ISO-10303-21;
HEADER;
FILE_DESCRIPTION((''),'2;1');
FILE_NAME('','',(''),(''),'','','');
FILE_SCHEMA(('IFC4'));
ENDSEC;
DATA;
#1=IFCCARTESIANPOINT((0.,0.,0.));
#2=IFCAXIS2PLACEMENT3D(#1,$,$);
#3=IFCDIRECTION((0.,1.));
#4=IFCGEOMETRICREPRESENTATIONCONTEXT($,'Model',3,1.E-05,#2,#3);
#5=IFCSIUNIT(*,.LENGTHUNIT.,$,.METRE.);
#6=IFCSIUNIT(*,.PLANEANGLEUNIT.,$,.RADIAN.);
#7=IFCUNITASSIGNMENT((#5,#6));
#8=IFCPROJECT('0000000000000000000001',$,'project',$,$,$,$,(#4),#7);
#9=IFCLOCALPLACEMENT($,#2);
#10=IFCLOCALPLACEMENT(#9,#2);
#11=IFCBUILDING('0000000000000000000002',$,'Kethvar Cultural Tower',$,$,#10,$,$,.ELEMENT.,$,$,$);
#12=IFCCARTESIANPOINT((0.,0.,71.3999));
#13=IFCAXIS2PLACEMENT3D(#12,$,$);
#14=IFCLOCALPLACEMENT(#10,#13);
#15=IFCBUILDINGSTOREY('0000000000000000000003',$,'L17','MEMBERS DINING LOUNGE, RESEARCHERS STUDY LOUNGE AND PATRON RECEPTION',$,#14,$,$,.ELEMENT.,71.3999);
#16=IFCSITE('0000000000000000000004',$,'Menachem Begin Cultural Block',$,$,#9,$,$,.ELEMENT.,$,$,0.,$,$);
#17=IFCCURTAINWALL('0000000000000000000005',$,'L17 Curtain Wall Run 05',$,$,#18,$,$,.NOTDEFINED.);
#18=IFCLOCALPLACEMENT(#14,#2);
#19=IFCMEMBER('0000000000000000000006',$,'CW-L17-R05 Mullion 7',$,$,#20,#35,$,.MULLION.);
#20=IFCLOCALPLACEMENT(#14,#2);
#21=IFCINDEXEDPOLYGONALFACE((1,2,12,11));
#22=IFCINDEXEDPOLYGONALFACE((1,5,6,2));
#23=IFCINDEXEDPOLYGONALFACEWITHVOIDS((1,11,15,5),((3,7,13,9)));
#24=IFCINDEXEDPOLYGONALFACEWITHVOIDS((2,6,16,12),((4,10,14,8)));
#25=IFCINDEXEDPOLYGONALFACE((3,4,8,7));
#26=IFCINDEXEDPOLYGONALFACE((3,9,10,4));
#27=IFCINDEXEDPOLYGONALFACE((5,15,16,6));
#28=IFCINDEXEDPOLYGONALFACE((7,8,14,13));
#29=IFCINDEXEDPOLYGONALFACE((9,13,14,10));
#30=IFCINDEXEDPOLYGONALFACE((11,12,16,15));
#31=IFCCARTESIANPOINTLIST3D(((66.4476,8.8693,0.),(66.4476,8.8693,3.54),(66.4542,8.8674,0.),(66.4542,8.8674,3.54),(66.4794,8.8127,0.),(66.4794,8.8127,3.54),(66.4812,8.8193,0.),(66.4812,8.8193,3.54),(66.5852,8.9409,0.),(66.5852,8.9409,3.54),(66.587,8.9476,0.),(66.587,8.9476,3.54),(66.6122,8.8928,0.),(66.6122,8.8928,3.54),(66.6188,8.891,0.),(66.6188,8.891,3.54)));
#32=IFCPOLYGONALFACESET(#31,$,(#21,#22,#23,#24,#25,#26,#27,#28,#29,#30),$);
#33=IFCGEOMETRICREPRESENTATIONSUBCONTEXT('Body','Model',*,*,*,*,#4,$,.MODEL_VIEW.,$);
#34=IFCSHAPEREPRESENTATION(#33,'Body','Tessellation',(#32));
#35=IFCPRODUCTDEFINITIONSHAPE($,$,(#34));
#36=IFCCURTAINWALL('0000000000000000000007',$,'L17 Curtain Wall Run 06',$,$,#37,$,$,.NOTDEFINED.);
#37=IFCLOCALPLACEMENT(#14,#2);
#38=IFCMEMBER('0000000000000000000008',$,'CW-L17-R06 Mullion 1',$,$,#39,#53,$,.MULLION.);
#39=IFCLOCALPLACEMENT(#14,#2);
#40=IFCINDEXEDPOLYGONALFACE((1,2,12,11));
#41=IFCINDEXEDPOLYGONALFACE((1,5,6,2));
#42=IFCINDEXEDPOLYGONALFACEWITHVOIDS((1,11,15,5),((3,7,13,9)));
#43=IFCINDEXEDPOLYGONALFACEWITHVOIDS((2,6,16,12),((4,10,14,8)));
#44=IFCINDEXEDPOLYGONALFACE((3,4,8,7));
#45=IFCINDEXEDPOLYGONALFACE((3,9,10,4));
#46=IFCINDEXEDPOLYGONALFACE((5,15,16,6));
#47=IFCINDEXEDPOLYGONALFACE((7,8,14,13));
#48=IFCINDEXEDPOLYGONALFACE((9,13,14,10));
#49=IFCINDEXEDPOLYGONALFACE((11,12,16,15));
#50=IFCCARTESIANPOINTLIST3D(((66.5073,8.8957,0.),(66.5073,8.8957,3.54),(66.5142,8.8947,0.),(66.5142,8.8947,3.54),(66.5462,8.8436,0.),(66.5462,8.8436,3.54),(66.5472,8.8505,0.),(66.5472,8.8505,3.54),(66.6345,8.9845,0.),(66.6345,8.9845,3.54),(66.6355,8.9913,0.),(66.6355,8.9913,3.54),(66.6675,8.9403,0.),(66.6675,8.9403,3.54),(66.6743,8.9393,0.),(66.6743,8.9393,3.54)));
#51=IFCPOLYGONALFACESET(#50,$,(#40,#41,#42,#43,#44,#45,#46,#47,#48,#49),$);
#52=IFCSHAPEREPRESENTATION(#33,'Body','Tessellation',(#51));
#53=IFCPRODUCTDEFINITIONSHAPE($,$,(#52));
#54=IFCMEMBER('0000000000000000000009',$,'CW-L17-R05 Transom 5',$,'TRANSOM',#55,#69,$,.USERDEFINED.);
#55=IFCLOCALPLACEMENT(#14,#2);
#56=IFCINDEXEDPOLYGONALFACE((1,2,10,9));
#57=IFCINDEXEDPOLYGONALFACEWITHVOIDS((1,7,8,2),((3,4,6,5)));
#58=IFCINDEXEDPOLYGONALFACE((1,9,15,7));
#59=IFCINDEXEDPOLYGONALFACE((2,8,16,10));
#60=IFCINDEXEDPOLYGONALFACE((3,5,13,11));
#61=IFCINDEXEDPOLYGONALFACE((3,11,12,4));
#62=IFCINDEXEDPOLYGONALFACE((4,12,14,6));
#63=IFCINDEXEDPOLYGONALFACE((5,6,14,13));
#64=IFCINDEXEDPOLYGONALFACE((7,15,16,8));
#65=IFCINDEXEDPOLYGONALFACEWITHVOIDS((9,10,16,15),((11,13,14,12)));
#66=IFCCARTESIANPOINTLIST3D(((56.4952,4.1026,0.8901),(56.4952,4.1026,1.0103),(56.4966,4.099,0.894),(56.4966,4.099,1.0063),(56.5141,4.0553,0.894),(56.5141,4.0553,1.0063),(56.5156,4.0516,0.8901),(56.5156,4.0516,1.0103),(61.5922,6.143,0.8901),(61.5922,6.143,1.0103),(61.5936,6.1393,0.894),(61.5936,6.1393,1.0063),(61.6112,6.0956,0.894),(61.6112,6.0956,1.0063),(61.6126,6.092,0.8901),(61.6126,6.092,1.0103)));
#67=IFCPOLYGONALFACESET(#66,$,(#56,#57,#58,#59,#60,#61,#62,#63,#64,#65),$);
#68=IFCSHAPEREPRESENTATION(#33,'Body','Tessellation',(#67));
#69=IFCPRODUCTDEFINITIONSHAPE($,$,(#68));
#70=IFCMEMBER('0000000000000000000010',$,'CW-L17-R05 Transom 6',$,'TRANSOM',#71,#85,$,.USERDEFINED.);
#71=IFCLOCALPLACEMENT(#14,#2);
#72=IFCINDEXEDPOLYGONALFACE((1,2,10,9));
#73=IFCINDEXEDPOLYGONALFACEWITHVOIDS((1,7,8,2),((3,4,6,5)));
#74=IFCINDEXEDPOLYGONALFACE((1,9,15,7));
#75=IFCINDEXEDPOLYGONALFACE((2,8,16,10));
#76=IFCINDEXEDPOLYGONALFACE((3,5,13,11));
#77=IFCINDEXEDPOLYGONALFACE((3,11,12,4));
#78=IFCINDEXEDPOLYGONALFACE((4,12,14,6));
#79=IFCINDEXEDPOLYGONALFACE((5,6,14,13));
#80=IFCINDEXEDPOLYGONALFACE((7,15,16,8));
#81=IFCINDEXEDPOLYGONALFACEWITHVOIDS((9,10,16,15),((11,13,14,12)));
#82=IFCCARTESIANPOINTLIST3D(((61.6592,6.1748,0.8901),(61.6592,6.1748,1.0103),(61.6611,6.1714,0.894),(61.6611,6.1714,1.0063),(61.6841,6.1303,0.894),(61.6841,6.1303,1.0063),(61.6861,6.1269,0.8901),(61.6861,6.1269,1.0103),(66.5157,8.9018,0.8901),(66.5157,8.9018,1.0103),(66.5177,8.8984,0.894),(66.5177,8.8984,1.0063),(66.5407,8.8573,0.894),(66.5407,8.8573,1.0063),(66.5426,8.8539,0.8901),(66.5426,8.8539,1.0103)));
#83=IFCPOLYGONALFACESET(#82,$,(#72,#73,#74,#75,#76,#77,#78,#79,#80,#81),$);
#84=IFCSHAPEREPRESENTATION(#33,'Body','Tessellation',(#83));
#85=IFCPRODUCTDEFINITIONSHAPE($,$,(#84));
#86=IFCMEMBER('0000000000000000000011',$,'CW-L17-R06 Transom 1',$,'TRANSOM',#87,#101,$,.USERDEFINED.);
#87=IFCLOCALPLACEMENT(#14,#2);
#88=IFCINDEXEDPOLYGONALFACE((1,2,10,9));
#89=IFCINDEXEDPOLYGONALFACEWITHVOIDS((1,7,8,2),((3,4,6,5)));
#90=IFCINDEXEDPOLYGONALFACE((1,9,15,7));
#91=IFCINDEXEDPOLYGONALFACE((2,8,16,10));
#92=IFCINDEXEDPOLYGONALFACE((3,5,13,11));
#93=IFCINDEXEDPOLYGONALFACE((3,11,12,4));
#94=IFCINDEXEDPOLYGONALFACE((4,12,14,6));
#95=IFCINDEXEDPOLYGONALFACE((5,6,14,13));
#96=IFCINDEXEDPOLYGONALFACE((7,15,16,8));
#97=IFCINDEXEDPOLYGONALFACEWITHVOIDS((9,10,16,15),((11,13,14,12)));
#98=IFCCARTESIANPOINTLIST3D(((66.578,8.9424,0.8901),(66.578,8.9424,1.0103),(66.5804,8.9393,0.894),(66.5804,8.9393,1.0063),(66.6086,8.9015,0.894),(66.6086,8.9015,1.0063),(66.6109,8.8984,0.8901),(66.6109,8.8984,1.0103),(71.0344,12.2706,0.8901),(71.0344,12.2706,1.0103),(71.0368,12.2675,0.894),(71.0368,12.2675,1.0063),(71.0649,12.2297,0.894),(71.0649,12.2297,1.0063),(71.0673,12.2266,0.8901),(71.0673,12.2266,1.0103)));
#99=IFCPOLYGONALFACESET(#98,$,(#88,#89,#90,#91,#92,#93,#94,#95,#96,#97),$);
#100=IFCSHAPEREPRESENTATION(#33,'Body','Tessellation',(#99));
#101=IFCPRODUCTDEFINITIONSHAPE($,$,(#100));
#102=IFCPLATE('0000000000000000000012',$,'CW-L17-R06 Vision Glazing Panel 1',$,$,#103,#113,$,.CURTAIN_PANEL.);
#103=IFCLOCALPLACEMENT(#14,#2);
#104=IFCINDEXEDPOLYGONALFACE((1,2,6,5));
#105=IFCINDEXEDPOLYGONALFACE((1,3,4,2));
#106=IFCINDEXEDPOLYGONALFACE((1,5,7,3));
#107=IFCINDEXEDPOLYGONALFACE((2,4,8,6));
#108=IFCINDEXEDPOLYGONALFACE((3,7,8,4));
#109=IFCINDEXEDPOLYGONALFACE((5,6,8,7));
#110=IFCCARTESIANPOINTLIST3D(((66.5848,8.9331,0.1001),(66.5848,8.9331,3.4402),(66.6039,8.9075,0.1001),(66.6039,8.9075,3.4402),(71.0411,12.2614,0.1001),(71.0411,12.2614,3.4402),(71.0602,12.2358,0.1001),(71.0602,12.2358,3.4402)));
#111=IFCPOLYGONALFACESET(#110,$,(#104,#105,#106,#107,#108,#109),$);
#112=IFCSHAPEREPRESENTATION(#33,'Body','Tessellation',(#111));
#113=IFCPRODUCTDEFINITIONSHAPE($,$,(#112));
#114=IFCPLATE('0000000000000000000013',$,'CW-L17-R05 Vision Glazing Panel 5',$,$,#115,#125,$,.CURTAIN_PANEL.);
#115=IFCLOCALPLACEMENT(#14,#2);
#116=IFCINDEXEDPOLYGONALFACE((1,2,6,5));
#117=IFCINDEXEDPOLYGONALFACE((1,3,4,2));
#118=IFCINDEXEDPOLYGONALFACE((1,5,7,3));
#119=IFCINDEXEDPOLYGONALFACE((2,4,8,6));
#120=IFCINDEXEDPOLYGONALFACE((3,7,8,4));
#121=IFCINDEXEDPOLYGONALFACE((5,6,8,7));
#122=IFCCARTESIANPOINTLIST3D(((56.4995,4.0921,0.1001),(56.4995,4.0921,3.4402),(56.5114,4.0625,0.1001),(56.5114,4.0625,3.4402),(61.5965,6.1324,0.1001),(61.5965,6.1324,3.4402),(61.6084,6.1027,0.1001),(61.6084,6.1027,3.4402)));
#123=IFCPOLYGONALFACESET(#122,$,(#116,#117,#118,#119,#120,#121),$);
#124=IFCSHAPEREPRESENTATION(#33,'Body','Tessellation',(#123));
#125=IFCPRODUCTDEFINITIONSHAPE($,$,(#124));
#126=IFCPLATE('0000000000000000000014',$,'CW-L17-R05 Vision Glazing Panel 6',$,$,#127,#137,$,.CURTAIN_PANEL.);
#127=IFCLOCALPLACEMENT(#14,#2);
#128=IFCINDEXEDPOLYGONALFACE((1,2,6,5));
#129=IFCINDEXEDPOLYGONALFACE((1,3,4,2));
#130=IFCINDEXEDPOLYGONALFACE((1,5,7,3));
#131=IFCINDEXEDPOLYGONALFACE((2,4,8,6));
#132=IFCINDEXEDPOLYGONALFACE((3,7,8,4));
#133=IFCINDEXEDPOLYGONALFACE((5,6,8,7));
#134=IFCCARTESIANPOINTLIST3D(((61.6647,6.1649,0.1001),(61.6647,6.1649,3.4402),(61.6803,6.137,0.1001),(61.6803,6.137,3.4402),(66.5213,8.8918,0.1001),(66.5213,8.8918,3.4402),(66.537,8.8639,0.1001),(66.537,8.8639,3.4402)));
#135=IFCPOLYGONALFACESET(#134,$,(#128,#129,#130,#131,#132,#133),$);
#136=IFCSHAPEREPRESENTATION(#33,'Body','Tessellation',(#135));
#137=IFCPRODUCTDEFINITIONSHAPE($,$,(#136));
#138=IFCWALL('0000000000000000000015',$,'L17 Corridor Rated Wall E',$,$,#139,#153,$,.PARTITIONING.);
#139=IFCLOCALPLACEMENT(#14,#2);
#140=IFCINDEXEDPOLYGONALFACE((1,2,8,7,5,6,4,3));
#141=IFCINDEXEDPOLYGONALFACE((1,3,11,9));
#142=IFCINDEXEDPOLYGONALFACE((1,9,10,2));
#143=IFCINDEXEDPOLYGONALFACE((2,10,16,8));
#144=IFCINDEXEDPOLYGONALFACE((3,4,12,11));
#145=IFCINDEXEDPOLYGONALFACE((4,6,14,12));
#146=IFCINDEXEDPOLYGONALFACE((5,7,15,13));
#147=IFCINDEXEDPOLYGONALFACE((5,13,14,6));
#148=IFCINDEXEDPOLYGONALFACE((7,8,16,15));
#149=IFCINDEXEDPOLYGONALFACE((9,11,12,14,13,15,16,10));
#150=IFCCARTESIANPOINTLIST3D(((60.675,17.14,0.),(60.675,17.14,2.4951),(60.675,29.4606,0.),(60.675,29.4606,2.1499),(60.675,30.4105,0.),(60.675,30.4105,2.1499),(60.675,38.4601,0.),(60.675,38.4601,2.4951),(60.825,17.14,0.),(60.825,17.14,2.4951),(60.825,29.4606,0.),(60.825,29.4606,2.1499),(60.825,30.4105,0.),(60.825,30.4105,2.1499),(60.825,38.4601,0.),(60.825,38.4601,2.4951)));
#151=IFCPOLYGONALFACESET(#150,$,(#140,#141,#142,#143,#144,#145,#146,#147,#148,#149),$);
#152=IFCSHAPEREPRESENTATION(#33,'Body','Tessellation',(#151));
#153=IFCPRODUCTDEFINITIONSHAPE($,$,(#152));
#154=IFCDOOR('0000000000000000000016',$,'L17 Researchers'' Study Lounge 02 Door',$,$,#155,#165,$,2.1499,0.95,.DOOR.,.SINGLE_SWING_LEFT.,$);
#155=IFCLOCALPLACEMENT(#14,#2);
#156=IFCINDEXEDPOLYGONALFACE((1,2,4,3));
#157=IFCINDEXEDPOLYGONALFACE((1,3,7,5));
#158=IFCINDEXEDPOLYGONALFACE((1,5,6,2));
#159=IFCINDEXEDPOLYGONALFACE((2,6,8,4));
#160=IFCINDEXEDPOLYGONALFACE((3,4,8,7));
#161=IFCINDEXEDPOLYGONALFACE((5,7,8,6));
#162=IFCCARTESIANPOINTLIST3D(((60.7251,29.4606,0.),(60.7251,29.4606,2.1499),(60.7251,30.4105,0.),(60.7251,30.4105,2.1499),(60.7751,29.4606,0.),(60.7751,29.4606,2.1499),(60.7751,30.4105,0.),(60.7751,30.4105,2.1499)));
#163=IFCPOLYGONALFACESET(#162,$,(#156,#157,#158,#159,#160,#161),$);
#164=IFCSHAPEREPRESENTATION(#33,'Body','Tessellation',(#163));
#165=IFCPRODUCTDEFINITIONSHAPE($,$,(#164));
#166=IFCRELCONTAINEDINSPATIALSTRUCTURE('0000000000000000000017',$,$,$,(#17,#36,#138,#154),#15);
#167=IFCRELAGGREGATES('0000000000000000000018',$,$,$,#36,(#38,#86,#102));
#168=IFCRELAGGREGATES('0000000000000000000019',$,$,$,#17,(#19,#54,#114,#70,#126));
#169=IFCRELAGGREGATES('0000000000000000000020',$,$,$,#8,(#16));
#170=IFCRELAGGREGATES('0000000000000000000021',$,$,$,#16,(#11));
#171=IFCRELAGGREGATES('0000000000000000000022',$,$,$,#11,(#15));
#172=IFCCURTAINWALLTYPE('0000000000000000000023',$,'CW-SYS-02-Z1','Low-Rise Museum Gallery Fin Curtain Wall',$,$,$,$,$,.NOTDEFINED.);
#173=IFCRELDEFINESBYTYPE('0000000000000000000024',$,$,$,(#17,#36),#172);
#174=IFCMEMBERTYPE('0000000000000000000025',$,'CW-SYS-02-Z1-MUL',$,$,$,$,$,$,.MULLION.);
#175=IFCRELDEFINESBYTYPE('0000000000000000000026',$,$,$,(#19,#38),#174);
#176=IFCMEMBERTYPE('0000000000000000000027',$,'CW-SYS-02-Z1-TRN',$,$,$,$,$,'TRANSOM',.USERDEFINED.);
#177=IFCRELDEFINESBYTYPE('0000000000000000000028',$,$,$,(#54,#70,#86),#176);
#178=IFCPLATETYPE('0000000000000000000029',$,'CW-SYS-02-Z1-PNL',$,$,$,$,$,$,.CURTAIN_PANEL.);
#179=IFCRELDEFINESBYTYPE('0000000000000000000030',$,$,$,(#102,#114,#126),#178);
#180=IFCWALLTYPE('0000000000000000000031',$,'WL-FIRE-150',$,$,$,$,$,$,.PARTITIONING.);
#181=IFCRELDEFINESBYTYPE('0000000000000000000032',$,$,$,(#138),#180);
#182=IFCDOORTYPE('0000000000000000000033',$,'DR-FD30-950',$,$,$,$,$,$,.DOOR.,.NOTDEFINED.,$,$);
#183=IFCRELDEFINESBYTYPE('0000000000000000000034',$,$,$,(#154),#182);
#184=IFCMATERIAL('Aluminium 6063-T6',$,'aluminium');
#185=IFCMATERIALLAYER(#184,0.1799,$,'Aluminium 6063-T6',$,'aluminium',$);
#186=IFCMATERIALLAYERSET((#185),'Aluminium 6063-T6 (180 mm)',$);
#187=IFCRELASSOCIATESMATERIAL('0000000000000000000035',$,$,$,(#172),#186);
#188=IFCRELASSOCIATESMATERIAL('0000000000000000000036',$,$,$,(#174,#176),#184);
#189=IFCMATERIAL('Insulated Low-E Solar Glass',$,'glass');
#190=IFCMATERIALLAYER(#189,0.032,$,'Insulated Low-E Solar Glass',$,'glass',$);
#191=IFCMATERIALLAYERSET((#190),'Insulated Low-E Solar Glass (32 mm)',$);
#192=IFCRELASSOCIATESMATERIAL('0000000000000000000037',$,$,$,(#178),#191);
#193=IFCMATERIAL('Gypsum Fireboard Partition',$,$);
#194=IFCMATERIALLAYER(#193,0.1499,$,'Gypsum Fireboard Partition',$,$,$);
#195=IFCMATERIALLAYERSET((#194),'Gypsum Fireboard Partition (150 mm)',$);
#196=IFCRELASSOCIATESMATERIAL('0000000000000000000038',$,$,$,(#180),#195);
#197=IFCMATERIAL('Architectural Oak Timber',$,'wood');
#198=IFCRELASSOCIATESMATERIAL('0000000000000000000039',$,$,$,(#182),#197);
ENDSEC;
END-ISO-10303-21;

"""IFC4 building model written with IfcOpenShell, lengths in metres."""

from ifc_helpers import new_model, si_unit, direction, frame, frame_2d, origin, origin_2d, place, context, subcontext, project, spatial, rectangle, hollow_rectangle, extrude, source, transform, mapped, material, layer, layer_set, material_profile, profile_set, type_object, element, fill, aggregate, save


model = new_model("IFC4")

# Units and contexts
model_context = context("Model", 3, precision=1e-05, world=origin(), true_north=direction((0.0, 1.0)))
body_context = subcontext(model_context, "Body", "Model", "MODEL_VIEW")
ifc_project = project(units=[si_unit("LENGTHUNIT", "METRE"), si_unit("PLANEANGLEUNIT", "RADIAN")], contexts=[model_context])

# Site, building, storey
site_placement = place(None, origin())
site = spatial("IfcSite", under=ifc_project, at=site_placement, Name="Menachem Begin Cultural Block", CompositionType="ELEMENT", RefElevation=0.0)
building_placement = place(site_placement, origin())
building = spatial("IfcBuilding", under=site, at=building_placement, Name="Kethvar Cultural Tower", CompositionType="ELEMENT")
storey_placement = place(building_placement, frame((0.0, 0.0, 71.3999)))
storey = spatial("IfcBuildingStorey", under=building, at=storey_placement, Name="L17", Description="MEMBERS DINING LOUNGE, RESEARCHERS STUDY LOUNGE AND PATRON RECEPTION", CompositionType="ELEMENT", Elevation=71.3999)

# Curtain wall, member
ifc_material_1 = material(Name="Aluminium 6063-T6", Category="aluminium")
ifc_layer_1 = layer(ifc_material_1, 0.1799, Name="Aluminium 6063-T6", Category="aluminium")
ifc_layer_set_1 = layer_set([ifc_layer_1], Name="Aluminium 6063-T6 (180 mm)")
curtain_wall_type = type_object("IfcCurtainWallType", Name="CW-SYS-02-Z1", Description="Low-Rise Museum Gallery Fin Curtain Wall", PredefinedType="NOTDEFINED", material=ifc_layer_set_1)
curtain_wall_1_placement = place(storey_placement, origin())
curtain_wall_1 = element("IfcCurtainWall", 1, at=curtain_wall_1_placement, inside=storey, type_object=curtain_wall_type, Name="L17 Curtain Wall Run 05", PredefinedType="NOTDEFINED")
ifc_material_profile_1 = material_profile(ifc_material_1, hollow_rectangle(XDim=0.0649, YDim=0.1599, WallThickness=0.0049, at=origin_2d()), Name="Aluminium 6063-T6 — RHS160x65x5")
ifc_profile_set_1 = profile_set([ifc_material_profile_1], Name="Aluminium 6063-T6 — RHS160x65x5")
member_type_1 = type_object("IfcMemberType", Name="CW-SYS-02-Z1-MUL", PredefinedType="MULLION", material=ifc_profile_set_1)
shared_shape_1 = source(origin(), body_context, "Body", "SweptSolid", [
    extrude(hollow_rectangle(XDim=0.0649, YDim=0.1599, WallThickness=0.0049, at=origin_2d()), origin(), (0.0, 0.0, 1.0), 3.54),
])
member_1_placement = place(storey_placement, frame((66.5332, 8.8801, 0.0), z_axis=(0.0, 0.0, 1.0), x_axis=(-0.48958, 0.871958, 0.0)))
member_1 = element("IfcMember", 2, at=member_1_placement, type_object=member_type_1, Name="CW-L17-R05 Mullion 7", PredefinedType="MULLION", context=body_context, shape_type="MappedRepresentation", body=[
    mapped(shared_shape_1, transform((0.0, 0.0, 0.0), scale=1.0)),
])

# Curtain wall, member
curtain_wall_2_placement = place(storey_placement, origin())
curtain_wall_2 = element("IfcCurtainWall", 3, at=curtain_wall_2_placement, inside=storey, type_object=curtain_wall_type, Name="L17 Curtain Wall Run 06", PredefinedType="NOTDEFINED")
member_2_placement = place(storey_placement, frame((66.5908, 8.9175, 0.0), z_axis=(0.0, 0.0, 1.0), x_axis=(-0.598395, 0.801202, 0.0)))
member_2 = element("IfcMember", 4, at=member_2_placement, type_object=member_type_1, Name="CW-L17-R06 Mullion 1", PredefinedType="MULLION", context=body_context, shape_type="MappedRepresentation", body=[
    mapped(shared_shape_1, transform((0.0, 0.0, 0.0), scale=1.0)),
])

# Members
ifc_material_profile_2 = material_profile(ifc_material_1, hollow_rectangle(XDim=0.0549, YDim=0.1201, WallThickness=0.0039, at=origin_2d()), Name="Aluminium 6063-T6 — RHS120x55x4")
ifc_profile_set_2 = profile_set([ifc_material_profile_2], Name="Aluminium 6063-T6 — RHS120x55x4")
member_type_2 = type_object("IfcMemberType", Name="CW-SYS-02-Z1-TRN", ElementType="TRANSOM", PredefinedType="USERDEFINED", material=ifc_profile_set_2)
shared_shape_2 = source(origin(), body_context, "Body", "SweptSolid", [
    extrude(hollow_rectangle(XDim=0.0549, YDim=0.1201, WallThickness=0.0039, at=origin_2d()), origin(), (0.0, 0.0, 1.0), 5.4902),
])
member_3_placement = place(storey_placement, frame((56.5054, 4.0771, 0.9502), z_axis=(0.928382, 0.371628, 0.0), x_axis=(-0.371628, 0.928382, 0.0)))
member_3 = element("IfcMember", 5, at=member_3_placement, type_object=member_type_2, Name="CW-L17-R05 Transom 5", ObjectType="TRANSOM", PredefinedType="USERDEFINED", context=body_context, shape_type="MappedRepresentation", body=[
    mapped(shared_shape_2, transform((0.0, 0.0, 0.0), scale=1.0)),
])
shared_shape_3 = source(origin(), body_context, "Body", "SweptSolid", [
    extrude(hollow_rectangle(XDim=0.0549, YDim=0.1201, WallThickness=0.0039, at=origin_2d()), origin(), (0.0, 0.0, 1.0), 5.5698),
])
member_4_placement = place(storey_placement, frame((61.6726, 6.1509, 0.9502), z_axis=(0.871946, 0.489601, 0.0), x_axis=(-0.489601, 0.871946, 0.0)))
member_4 = element("IfcMember", 6, at=member_4_placement, type_object=member_type_2, Name="CW-L17-R05 Transom 6", ObjectType="TRANSOM", PredefinedType="USERDEFINED", context=body_context, shape_type="MappedRepresentation", body=[
    mapped(shared_shape_3, transform((0.0, 0.0, 0.0), scale=1.0)),
])
shared_shape_4 = source(origin(), body_context, "Body", "SweptSolid", [
    extrude(hollow_rectangle(XDim=0.0549, YDim=0.1201, WallThickness=0.0039, at=origin_2d()), origin(), (0.0, 0.0, 1.0), 5.562),
])
member_5_placement = place(storey_placement, frame((66.5945, 8.9204, 0.9502), z_axis=(0.801215, 0.598376, 0.0), x_axis=(-0.598376, 0.801215, 0.0)))
member_5 = element("IfcMember", 7, at=member_5_placement, type_object=member_type_2, Name="CW-L17-R06 Transom 1", ObjectType="TRANSOM", PredefinedType="USERDEFINED", context=body_context, shape_type="MappedRepresentation", body=[
    mapped(shared_shape_4, transform((0.0, 0.0, 0.0), scale=1.0)),
])

# Plates
ifc_material_2 = material(Name="Insulated Low-E Solar Glass", Category="glass")
ifc_layer_2 = layer(ifc_material_2, 0.032, Name="Insulated Low-E Solar Glass", Category="glass")
ifc_layer_set_2 = layer_set([ifc_layer_2], Name="Insulated Low-E Solar Glass (32 mm)")
plate_type = type_object("IfcPlateType", Name="CW-SYS-02-Z1-PNL", PredefinedType="CURTAIN_PANEL", material=ifc_layer_set_2)
shared_shape_5 = source(origin(), body_context, "Body", "SweptSolid", [
    extrude(rectangle(XDim=5.562, YDim=0.032, at=origin_2d()), origin(), (0.0, 0.0, 1.0), 3.3401),
])
plate_1_placement = place(storey_placement, frame((68.8225, 10.5845, 0.1001), z_axis=(0.0, 0.0, 1.0), x_axis=(0.801202, 0.598395, 0.0)))
plate_1 = element("IfcPlate", 8, at=plate_1_placement, type_object=plate_type, Name="CW-L17-R06 Vision Glazing Panel 1", PredefinedType="CURTAIN_PANEL", context=body_context, shape_type="MappedRepresentation", body=[
    mapped(shared_shape_5, transform((0.0, 0.0, 0.0), scale=1.0)),
])
aggregate(curtain_wall_2, [member_2, member_5, plate_1])
shared_shape_6 = source(origin(), body_context, "Body", "SweptSolid", [
    extrude(rectangle(XDim=5.4902, YDim=0.032, at=origin_2d()), origin(), (0.0, 0.0, 1.0), 3.3401),
])
plate_2_placement = place(storey_placement, frame((59.054, 5.0974, 0.1001), z_axis=(0.0, 0.0, 1.0), x_axis=(0.928389, 0.371611, 0.0)))
plate_2 = element("IfcPlate", 9, at=plate_2_placement, type_object=plate_type, Name="CW-L17-R05 Vision Glazing Panel 5", PredefinedType="CURTAIN_PANEL", context=body_context, shape_type="MappedRepresentation", body=[
    mapped(shared_shape_6, transform((0.0, 0.0, 0.0), scale=1.0)),
])
shared_shape_7 = source(origin(), body_context, "Body", "SweptSolid", [
    extrude(rectangle(XDim=5.5698, YDim=0.032, at=origin_2d()), origin(), (0.0, 0.0, 1.0), 3.3401),
])
plate_3_placement = place(storey_placement, frame((64.1008, 7.5144, 0.1001), z_axis=(0.0, 0.0, 1.0), x_axis=(0.871958, 0.48958, 0.0)))
plate_3 = element("IfcPlate", 10, at=plate_3_placement, type_object=plate_type, Name="CW-L17-R05 Vision Glazing Panel 6", PredefinedType="CURTAIN_PANEL", context=body_context, shape_type="MappedRepresentation", body=[
    mapped(shared_shape_7, transform((0.0, 0.0, 0.0), scale=1.0)),
])
aggregate(curtain_wall_1, [member_1, member_3, plate_2, member_4, plate_3])

# Wall, opening, door
ifc_material_3 = material(Name="Gypsum Fireboard Partition")
ifc_layer_3 = layer(ifc_material_3, 0.1499, Name="Gypsum Fireboard Partition")
ifc_layer_set_3 = layer_set([ifc_layer_3], Name="Gypsum Fireboard Partition (150 mm)")
wall_type_1 = type_object("IfcWallType", Name="WL-FIRE-150", PredefinedType="PARTITIONING", material=ifc_layer_set_3)
wall_1_placement = place(storey_placement, frame((60.75, 17.1399, 0.0), z_axis=(0.0, 0.0, 1.0), x_axis=(0.0, 1.0, 0.0)))
wall_1 = element("IfcWall", 11, at=wall_1_placement, inside=storey, type_object=wall_type_1, Name="L17 Corridor Rated Wall E", PredefinedType="PARTITIONING", context=body_context, shape_type="SweptSolid", body=[
    extrude(rectangle(XDim=21.3201, YDim=0.1499, at=frame_2d((10.6602, 0.0))), origin(), (0.0, 0.0, 1.0), 2.4951),
])
opening_1_placement = place(wall_1_placement, frame((12.3206, 0.0, 0.0)))
opening_1 = element("IfcOpeningElement", 12, at=opening_1_placement, cuts=wall_1, PredefinedType="OPENING", context=body_context, shape_type="SweptSolid", body=[
    extrude(rectangle(XDim=0.95, YDim=2.1499, at=frame_2d((0.4751, 1.075))), frame((0.0, 0.085, 0.0), z_axis=(0.0, -1.0, 0.0), x_axis=(1.0, 0.0, 0.0)), (0.0, 0.0, 1.0), 0.1699),
])
ifc_material_4 = material(Name="Architectural Oak Timber", Category="wood")
door_type_1 = type_object("IfcDoorType", Name="DR-FD30-950", OperationType="NOTDEFINED", PredefinedType="DOOR", material=ifc_material_4)
shared_shape_8 = source(origin(), body_context, "Body", "SweptSolid", [
    extrude(rectangle(XDim=0.95, YDim=2.1499, at=frame_2d((0.4751, 1.075))), frame((0.0, 0.0249, 0.0), z_axis=(0.0, -1.0, 0.0), x_axis=(1.0, 0.0, 0.0)), (0.0, 0.0, 1.0), 0.05),
])
door_1_placement = place(opening_1_placement, origin())
door_1 = element("IfcDoor", 13, at=door_1_placement, inside=storey, type_object=door_type_1, Name="L17 Researchers' Study Lounge 02 Door", OperationType="SINGLE_SWING_LEFT", OverallHeight=2.1499, OverallWidth=0.95, PredefinedType="DOOR", context=body_context, shape_type="MappedRepresentation", body=[
    mapped(shared_shape_8, transform((0.0, 0.0, 0.0), scale=1.0)),
])
fill(opening_1, door_1)

save(model, "model.ifc")
